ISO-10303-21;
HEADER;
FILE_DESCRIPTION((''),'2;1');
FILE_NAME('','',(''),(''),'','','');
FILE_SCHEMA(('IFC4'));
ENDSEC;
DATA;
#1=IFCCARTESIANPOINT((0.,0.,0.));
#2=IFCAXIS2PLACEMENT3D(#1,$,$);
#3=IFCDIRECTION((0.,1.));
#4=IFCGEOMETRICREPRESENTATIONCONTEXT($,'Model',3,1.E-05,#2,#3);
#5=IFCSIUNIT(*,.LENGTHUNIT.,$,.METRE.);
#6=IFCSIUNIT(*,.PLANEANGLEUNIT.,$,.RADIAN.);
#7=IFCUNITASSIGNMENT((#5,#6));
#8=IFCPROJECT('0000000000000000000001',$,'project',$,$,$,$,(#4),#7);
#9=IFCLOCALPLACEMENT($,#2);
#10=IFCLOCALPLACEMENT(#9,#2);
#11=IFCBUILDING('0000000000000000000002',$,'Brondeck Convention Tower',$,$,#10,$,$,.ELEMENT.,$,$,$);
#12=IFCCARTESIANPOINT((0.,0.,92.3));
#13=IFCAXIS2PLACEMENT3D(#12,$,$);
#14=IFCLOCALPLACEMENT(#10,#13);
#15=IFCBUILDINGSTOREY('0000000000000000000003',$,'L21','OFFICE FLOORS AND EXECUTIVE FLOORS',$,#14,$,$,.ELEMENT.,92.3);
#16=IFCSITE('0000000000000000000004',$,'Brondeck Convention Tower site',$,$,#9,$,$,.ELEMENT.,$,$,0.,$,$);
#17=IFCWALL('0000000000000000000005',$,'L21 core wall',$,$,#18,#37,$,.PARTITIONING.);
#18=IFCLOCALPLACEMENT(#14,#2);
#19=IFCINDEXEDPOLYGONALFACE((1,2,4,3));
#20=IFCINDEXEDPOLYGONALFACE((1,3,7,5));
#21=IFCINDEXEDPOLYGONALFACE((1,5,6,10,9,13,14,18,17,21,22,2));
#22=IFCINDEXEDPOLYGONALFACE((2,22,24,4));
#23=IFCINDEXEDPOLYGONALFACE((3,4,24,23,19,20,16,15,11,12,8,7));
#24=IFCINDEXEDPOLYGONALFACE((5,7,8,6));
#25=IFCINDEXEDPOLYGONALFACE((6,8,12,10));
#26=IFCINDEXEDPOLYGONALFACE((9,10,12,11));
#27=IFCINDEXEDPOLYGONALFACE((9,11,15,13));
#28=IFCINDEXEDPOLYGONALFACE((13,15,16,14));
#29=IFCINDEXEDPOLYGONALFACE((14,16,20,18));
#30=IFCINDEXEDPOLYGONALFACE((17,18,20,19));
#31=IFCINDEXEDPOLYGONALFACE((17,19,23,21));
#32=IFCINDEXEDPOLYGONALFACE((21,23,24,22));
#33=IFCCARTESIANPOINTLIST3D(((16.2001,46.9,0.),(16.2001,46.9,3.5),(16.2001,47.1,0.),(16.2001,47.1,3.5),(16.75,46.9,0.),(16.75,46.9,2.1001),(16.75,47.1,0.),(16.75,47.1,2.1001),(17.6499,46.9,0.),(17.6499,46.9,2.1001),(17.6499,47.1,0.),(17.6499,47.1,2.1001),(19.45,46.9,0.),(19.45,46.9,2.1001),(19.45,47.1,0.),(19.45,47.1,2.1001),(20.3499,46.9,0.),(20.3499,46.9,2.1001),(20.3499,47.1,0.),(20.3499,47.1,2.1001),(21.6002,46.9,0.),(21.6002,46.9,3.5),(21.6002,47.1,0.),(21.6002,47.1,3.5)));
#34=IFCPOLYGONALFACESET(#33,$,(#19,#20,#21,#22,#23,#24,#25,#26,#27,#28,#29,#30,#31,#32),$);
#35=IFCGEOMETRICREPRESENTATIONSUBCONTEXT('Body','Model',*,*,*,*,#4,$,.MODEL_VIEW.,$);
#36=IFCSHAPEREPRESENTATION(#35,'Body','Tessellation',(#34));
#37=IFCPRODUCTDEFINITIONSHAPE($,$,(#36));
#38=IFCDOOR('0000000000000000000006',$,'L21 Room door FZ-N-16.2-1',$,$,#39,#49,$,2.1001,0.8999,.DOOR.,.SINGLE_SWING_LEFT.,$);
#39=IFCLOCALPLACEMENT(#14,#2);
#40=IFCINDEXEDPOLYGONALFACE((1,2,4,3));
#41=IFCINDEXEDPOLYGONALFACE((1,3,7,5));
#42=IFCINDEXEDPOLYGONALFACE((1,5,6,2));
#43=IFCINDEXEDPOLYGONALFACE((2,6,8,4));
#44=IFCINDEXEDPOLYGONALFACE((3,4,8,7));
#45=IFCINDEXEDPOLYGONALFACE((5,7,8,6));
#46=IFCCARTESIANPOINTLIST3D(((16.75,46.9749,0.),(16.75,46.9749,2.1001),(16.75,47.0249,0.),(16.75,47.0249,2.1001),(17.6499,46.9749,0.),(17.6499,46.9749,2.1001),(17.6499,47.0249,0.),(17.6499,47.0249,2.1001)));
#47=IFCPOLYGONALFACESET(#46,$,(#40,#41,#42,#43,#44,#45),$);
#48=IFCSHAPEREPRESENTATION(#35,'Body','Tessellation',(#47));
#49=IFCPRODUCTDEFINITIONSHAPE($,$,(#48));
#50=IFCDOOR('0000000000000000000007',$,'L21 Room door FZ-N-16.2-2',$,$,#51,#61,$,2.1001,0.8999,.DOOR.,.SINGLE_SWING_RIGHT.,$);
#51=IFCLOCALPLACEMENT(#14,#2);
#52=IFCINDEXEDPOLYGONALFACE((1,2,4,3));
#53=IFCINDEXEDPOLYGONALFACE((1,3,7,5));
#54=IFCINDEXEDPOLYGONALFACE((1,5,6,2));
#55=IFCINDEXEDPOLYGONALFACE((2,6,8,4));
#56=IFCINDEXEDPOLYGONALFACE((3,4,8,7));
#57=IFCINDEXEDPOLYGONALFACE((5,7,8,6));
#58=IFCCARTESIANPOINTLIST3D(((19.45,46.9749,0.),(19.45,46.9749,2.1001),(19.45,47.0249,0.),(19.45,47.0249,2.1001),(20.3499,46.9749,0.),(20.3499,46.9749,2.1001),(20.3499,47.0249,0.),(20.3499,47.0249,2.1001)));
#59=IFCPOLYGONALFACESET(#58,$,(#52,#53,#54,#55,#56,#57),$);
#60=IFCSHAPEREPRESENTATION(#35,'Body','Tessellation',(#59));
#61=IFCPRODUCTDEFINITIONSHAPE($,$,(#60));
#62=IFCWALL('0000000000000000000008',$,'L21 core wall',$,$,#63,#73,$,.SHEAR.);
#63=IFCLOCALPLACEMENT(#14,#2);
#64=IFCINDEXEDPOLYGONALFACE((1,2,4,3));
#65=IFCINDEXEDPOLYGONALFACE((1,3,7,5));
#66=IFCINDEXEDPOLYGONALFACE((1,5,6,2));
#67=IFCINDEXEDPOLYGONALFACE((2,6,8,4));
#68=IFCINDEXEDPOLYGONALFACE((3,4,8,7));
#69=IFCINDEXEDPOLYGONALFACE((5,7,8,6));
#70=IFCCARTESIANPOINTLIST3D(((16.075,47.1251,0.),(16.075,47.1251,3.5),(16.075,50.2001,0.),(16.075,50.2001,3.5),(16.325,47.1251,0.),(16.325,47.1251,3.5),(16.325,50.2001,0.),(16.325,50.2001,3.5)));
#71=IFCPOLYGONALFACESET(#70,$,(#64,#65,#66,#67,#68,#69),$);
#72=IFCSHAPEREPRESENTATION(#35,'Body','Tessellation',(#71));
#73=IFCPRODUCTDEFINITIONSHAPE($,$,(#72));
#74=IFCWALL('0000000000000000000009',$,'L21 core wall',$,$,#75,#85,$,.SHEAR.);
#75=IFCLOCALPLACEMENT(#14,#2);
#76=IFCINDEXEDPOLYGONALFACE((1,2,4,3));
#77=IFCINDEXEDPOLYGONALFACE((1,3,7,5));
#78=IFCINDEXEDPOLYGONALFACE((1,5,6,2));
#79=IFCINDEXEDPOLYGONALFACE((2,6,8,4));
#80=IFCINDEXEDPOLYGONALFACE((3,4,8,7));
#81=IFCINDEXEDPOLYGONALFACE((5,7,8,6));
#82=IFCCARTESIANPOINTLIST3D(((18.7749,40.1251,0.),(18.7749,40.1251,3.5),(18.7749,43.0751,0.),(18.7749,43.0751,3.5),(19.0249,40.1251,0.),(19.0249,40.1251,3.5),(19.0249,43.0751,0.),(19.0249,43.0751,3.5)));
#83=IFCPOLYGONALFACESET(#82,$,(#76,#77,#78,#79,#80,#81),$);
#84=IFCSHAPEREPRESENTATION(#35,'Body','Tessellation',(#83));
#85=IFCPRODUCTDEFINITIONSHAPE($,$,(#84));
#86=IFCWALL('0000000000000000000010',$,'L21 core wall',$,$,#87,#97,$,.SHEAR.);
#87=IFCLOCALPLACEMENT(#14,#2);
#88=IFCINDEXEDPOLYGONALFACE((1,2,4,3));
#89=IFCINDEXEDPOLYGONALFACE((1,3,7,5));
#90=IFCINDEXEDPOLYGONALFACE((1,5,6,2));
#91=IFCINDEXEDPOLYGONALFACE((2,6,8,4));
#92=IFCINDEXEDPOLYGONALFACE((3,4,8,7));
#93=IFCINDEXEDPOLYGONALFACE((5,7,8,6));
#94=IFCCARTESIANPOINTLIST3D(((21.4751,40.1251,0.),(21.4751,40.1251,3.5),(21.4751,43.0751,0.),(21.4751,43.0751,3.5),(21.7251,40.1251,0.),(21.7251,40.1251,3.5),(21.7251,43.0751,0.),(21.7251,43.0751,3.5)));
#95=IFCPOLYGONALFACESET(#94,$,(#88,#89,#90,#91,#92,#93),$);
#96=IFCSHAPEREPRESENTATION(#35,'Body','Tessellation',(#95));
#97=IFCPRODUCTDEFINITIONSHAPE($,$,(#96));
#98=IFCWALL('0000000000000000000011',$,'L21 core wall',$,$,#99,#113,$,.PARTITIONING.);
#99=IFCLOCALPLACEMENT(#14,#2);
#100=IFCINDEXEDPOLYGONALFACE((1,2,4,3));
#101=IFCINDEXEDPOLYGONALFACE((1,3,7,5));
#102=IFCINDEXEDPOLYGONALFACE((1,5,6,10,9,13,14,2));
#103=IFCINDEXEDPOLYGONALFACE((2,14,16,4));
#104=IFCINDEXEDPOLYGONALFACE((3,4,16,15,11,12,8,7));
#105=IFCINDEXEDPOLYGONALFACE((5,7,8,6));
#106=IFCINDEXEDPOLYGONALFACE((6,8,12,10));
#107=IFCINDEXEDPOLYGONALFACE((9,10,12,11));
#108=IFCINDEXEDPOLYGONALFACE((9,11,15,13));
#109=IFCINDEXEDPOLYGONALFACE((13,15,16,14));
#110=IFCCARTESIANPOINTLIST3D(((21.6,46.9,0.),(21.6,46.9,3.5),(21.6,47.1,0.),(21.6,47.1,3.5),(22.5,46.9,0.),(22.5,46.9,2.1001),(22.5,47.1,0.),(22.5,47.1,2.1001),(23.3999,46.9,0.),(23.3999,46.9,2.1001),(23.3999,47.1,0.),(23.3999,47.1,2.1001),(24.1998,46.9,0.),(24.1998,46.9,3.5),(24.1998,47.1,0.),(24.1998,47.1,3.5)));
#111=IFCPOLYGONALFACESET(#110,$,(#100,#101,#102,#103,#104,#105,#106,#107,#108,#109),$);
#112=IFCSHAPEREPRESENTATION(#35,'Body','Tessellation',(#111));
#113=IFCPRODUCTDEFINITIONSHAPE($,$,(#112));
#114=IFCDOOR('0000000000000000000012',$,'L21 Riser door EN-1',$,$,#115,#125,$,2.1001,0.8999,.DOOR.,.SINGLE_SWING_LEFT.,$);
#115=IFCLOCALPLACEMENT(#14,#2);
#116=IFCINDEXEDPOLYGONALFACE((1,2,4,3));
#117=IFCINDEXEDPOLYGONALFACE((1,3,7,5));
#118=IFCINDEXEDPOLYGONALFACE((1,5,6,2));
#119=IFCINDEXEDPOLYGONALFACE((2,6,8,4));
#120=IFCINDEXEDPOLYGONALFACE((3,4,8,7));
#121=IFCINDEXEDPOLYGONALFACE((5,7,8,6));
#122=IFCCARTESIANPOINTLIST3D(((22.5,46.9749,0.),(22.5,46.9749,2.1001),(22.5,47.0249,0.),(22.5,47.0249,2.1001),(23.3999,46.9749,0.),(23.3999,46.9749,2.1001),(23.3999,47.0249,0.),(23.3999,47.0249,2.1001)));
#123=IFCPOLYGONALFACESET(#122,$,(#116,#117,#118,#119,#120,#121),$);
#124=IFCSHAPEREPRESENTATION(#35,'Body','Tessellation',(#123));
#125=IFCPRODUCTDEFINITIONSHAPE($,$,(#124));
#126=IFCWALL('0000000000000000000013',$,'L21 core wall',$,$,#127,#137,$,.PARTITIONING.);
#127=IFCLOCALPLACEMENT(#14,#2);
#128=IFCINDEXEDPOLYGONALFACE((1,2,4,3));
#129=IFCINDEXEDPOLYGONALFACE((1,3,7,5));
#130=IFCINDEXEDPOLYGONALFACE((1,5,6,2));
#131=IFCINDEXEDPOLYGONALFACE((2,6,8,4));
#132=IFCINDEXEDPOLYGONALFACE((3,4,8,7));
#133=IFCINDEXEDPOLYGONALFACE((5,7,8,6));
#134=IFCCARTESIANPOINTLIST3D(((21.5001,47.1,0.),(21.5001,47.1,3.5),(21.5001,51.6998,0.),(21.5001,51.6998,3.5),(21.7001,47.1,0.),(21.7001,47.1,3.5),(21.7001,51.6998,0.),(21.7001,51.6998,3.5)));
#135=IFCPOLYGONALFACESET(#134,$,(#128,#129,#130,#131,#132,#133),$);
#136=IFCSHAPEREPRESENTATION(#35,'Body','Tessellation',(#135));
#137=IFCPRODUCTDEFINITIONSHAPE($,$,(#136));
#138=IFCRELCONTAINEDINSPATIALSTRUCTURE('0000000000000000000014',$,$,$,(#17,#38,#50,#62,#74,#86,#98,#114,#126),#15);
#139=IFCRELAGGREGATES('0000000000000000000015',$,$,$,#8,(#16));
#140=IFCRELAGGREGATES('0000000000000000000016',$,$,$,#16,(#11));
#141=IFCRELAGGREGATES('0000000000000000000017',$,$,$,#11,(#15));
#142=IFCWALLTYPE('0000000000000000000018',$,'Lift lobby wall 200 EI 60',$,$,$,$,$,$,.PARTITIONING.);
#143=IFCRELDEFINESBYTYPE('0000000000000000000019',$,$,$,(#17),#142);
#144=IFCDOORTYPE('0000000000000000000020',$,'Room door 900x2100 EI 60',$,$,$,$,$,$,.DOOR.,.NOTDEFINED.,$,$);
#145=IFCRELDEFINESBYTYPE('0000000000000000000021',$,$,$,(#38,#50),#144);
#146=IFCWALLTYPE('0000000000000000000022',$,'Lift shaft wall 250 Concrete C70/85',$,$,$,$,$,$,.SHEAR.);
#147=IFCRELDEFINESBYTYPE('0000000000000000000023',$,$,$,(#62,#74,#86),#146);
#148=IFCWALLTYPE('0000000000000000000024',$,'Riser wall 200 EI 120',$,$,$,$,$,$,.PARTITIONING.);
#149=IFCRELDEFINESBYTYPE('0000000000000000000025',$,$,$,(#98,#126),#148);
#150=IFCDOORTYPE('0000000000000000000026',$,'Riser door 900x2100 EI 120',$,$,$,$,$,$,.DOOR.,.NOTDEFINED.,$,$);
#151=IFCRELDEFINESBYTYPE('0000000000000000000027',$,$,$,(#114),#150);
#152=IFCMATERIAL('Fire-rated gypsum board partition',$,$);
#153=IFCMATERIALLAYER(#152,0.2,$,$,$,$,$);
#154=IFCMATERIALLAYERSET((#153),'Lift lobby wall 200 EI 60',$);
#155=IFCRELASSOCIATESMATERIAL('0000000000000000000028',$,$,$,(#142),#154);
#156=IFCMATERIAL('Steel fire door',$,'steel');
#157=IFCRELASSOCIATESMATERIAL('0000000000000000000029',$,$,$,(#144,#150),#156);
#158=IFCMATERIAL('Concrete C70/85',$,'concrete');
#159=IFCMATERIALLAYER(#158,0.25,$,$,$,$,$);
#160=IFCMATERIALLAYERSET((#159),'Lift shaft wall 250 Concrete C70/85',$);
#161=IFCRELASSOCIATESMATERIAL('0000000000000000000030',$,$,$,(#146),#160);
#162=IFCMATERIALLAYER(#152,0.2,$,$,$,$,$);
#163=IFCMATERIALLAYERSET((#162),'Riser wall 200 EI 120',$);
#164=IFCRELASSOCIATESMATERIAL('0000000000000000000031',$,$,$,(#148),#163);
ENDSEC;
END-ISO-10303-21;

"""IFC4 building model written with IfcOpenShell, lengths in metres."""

from ifc_helpers import new_model, si_unit, direction, frame, frame_2d, origin, place, context, subcontext, project, spatial, rectangle, extrude, material, layer, layer_set, type_object, element, fill, save


model = new_model("IFC4")

# Units and contexts
model_context = context("Model", 3, precision=1e-05, world=origin(), true_north=direction((0.0, 1.0)))
body_context = subcontext(model_context, "Body", "Model", "MODEL_VIEW")
ifc_project = project(units=[si_unit("LENGTHUNIT", "METRE"), si_unit("PLANEANGLEUNIT", "RADIAN")], contexts=[model_context])

# Site, building, storey
site_placement = place(None, origin())
site = spatial("IfcSite", under=ifc_project, at=site_placement, Name="Brondeck Convention Tower site", CompositionType="ELEMENT", RefElevation=0.0)
building_placement = place(site_placement, origin())
building = spatial("IfcBuilding", under=site, at=building_placement, Name="Brondeck Convention Tower", CompositionType="ELEMENT")
storey_placement = place(building_placement, frame((0.0, 0.0, 92.3)))
storey = spatial("IfcBuildingStorey", under=building, at=storey_placement, Name="L21", Description="OFFICE FLOORS AND EXECUTIVE FLOORS", CompositionType="ELEMENT", Elevation=92.3)

# Shared definitions
ifc_material_1 = material(Name="Fire-rated gypsum board partition")

# Shared definitions
ifc_layer_1 = layer(ifc_material_1, 0.2)
ifc_layer_set_1 = layer_set([ifc_layer_1], Name="Lift lobby wall 200 EI 60")
wall_type_1 = type_object("IfcWallType", Name="Lift lobby wall 200 EI 60", PredefinedType="PARTITIONING", material=ifc_layer_set_1)
ifc_material_2 = material(Name="Steel fire door", Category="steel")
door_type_1 = type_object("IfcDoorType", Name="Room door 900x2100 EI 60", OperationType="NOTDEFINED", PredefinedType="DOOR", material=ifc_material_2)

# Wall, openings, doors
wall_1_placement = place(storey_placement, frame((16.2, 47.0, 0.0), z_axis=(0.0, 0.0, 1.0), x_axis=(1.0, 0.0, 0.0)))
wall_1 = element("IfcWall", 1, at=wall_1_placement, inside=storey, type_object=wall_type_1, Name="L21 core wall", PredefinedType="PARTITIONING", context=body_context, shape_type="SweptSolid", body=[
    extrude(rectangle(XDim=5.4001, YDim=0.2, at=frame_2d((2.7002, 0.0))), origin(), (0.0, 0.0, 1.0), 3.5),
])
opening_1_placement = place(wall_1_placement, frame((0.55, 0.0, 0.0)))
opening_1 = element("IfcOpeningElement", 2, at=opening_1_placement, cuts=wall_1, PredefinedType="OPENING", context=body_context, shape_type="SweptSolid", body=[
    extrude(rectangle(XDim=0.8999, YDim=2.1001, at=frame_2d((0.45, 1.05))), frame((0.0, 0.1099, 0.0), z_axis=(0.0, -1.0, 0.0), x_axis=(1.0, 0.0, 0.0)), (0.0, 0.0, 1.0), 0.22),
])
opening_2_placement = place(wall_1_placement, frame((3.25, 0.0, 0.0)))
opening_2 = element("IfcOpeningElement", 3, at=opening_2_placement, cuts=wall_1, PredefinedType="OPENING", context=body_context, shape_type="SweptSolid", body=[
    extrude(rectangle(XDim=0.8999, YDim=2.1001, at=frame_2d((0.45, 1.05))), frame((0.0, 0.1099, 0.0), z_axis=(0.0, -1.0, 0.0), x_axis=(1.0, 0.0, 0.0)), (0.0, 0.0, 1.0), 0.22),
])
door_1_placement = place(opening_1_placement, origin())
door_1 = element("IfcDoor", 4, at=door_1_placement, inside=storey, type_object=door_type_1, Name="L21 Room door FZ-N-16.2-1", OperationType="SINGLE_SWING_LEFT", OverallHeight=2.1001, OverallWidth=0.8999, PredefinedType="DOOR", context=body_context, shape_type="SweptSolid", body=[
    extrude(rectangle(XDim=0.8999, YDim=2.1001, at=frame_2d((0.45, 1.05))), frame((0.0, 0.0249, 0.0), z_axis=(0.0, -1.0, 0.0), x_axis=(1.0, 0.0, 0.0)), (0.0, 0.0, 1.0), 0.05),
])
fill(opening_1, door_1)
door_2_placement = place(opening_2_placement, origin())
door_2 = element("IfcDoor", 5, at=door_2_placement, inside=storey, type_object=door_type_1, Name="L21 Room door FZ-N-16.2-2", OperationType="SINGLE_SWING_RIGHT", OverallHeight=2.1001, OverallWidth=0.8999, PredefinedType="DOOR", context=body_context, shape_type="SweptSolid", body=[
    extrude(rectangle(XDim=0.8999, YDim=2.1001, at=frame_2d((0.45, 1.05))), frame((0.0, 0.0249, 0.0), z_axis=(0.0, -1.0, 0.0), x_axis=(1.0, 0.0, 0.0)), (0.0, 0.0, 1.0), 0.05),
])
fill(opening_2, door_2)

# Walls
ifc_material_3 = material(Name="Concrete C70/85", Category="concrete")
ifc_layer_2 = layer(ifc_material_3, 0.25)
ifc_layer_set_2 = layer_set([ifc_layer_2], Name="Lift shaft wall 250 Concrete C70/85")
wall_type_2 = type_object("IfcWallType", Name="Lift shaft wall 250 Concrete C70/85", PredefinedType="SHEAR", material=ifc_layer_set_2)
wall_2_placement = place(storey_placement, frame((16.2, 47.125, 0.0), z_axis=(0.0, 0.0, 1.0), x_axis=(0.0, 1.0, 0.0)))
element("IfcWall", 6, at=wall_2_placement, inside=storey, type_object=wall_type_2, Name="L21 core wall", PredefinedType="SHEAR", context=body_context, shape_type="SweptSolid", body=[
    extrude(rectangle(XDim=3.075, YDim=0.25, at=frame_2d((1.5376, 0.0))), origin(), (0.0, 0.0, 1.0), 3.5),
])
for number, where, z_axis, x_axis, name in (
    (7, (18.8999, 40.125, 0.0), (0.0, 0.0, 1.0), (0.0, 1.0, 0.0), "L21 core wall"),
    (8, (21.6001, 40.125, 0.0), (0.0, 0.0, 1.0), (0.0, 1.0, 0.0), "L21 core wall"),
):
    element("IfcWall", number, at=place(storey_placement, frame(where, z_axis=z_axis, x_axis=x_axis)), inside=storey, type_object=wall_type_2, Name=name, PredefinedType="SHEAR", context=body_context, shape_type="SweptSolid", body=[
        extrude(rectangle(XDim=2.95, YDim=0.25, at=frame_2d((1.4751, 0.0))), origin(), (0.0, 0.0, 1.0), 3.5),
    ])

# Wall, opening, door
ifc_layer_3 = layer(ifc_material_1, 0.2)
ifc_layer_set_3 = layer_set([ifc_layer_3], Name="Riser wall 200 EI 120")
wall_type_3 = type_object("IfcWallType", Name="Riser wall 200 EI 120", PredefinedType="PARTITIONING", material=ifc_layer_set_3)
wall_3_placement = place(storey_placement, frame((21.6001, 47.0, 0.0), z_axis=(0.0, 0.0, 1.0), x_axis=(1.0, 0.0, 0.0)))
wall_3 = element("IfcWall", 9, at=wall_3_placement, inside=storey, type_object=wall_type_3, Name="L21 core wall", PredefinedType="PARTITIONING", context=body_context, shape_type="SweptSolid", body=[
    extrude(rectangle(XDim=2.5999, YDim=0.2, at=frame_2d((1.2998, 0.0))), origin(), (0.0, 0.0, 1.0), 3.5),
])
opening_3_placement = place(wall_3_placement, frame((0.8999, 0.0, 0.0)))
opening_3 = element("IfcOpeningElement", 10, at=opening_3_placement, cuts=wall_3, PredefinedType="OPENING", context=body_context, shape_type="SweptSolid", body=[
    extrude(rectangle(XDim=0.8999, YDim=2.1001, at=frame_2d((0.45, 1.05))), frame((0.0, 0.1099, 0.0), z_axis=(0.0, -1.0, 0.0), x_axis=(1.0, 0.0, 0.0)), (0.0, 0.0, 1.0), 0.22),
])
door_type_2 = type_object("IfcDoorType", Name="Riser door 900x2100 EI 120", OperationType="NOTDEFINED", PredefinedType="DOOR", material=ifc_material_2)
door_3_placement = place(opening_3_placement, origin())
door_3 = element("IfcDoor", 11, at=door_3_placement, inside=storey, type_object=door_type_2, Name="L21 Riser door EN-1", OperationType="SINGLE_SWING_LEFT", OverallHeight=2.1001, OverallWidth=0.8999, PredefinedType="DOOR", context=body_context, shape_type="SweptSolid", body=[
    extrude(rectangle(XDim=0.8999, YDim=2.1001, at=frame_2d((0.45, 1.05))), frame((0.0, 0.0249, 0.0), z_axis=(0.0, -1.0, 0.0), x_axis=(1.0, 0.0, 0.0)), (0.0, 0.0, 1.0), 0.05),
])
fill(opening_3, door_3)

# Wall
wall_4_placement = place(storey_placement, frame((21.6001, 47.1001, 0.0), z_axis=(0.0, 0.0, 1.0), x_axis=(0.0, 1.0, 0.0)))
element("IfcWall", 12, at=wall_4_placement, inside=storey, type_object=wall_type_3, Name="L21 core wall", PredefinedType="PARTITIONING", context=body_context, shape_type="SweptSolid", body=[
    extrude(rectangle(XDim=4.5999, YDim=0.2, at=frame_2d((2.2998, 0.0))), origin(), (0.0, 0.0, 1.0), 3.5),
])

save(model, "model.ifc")
